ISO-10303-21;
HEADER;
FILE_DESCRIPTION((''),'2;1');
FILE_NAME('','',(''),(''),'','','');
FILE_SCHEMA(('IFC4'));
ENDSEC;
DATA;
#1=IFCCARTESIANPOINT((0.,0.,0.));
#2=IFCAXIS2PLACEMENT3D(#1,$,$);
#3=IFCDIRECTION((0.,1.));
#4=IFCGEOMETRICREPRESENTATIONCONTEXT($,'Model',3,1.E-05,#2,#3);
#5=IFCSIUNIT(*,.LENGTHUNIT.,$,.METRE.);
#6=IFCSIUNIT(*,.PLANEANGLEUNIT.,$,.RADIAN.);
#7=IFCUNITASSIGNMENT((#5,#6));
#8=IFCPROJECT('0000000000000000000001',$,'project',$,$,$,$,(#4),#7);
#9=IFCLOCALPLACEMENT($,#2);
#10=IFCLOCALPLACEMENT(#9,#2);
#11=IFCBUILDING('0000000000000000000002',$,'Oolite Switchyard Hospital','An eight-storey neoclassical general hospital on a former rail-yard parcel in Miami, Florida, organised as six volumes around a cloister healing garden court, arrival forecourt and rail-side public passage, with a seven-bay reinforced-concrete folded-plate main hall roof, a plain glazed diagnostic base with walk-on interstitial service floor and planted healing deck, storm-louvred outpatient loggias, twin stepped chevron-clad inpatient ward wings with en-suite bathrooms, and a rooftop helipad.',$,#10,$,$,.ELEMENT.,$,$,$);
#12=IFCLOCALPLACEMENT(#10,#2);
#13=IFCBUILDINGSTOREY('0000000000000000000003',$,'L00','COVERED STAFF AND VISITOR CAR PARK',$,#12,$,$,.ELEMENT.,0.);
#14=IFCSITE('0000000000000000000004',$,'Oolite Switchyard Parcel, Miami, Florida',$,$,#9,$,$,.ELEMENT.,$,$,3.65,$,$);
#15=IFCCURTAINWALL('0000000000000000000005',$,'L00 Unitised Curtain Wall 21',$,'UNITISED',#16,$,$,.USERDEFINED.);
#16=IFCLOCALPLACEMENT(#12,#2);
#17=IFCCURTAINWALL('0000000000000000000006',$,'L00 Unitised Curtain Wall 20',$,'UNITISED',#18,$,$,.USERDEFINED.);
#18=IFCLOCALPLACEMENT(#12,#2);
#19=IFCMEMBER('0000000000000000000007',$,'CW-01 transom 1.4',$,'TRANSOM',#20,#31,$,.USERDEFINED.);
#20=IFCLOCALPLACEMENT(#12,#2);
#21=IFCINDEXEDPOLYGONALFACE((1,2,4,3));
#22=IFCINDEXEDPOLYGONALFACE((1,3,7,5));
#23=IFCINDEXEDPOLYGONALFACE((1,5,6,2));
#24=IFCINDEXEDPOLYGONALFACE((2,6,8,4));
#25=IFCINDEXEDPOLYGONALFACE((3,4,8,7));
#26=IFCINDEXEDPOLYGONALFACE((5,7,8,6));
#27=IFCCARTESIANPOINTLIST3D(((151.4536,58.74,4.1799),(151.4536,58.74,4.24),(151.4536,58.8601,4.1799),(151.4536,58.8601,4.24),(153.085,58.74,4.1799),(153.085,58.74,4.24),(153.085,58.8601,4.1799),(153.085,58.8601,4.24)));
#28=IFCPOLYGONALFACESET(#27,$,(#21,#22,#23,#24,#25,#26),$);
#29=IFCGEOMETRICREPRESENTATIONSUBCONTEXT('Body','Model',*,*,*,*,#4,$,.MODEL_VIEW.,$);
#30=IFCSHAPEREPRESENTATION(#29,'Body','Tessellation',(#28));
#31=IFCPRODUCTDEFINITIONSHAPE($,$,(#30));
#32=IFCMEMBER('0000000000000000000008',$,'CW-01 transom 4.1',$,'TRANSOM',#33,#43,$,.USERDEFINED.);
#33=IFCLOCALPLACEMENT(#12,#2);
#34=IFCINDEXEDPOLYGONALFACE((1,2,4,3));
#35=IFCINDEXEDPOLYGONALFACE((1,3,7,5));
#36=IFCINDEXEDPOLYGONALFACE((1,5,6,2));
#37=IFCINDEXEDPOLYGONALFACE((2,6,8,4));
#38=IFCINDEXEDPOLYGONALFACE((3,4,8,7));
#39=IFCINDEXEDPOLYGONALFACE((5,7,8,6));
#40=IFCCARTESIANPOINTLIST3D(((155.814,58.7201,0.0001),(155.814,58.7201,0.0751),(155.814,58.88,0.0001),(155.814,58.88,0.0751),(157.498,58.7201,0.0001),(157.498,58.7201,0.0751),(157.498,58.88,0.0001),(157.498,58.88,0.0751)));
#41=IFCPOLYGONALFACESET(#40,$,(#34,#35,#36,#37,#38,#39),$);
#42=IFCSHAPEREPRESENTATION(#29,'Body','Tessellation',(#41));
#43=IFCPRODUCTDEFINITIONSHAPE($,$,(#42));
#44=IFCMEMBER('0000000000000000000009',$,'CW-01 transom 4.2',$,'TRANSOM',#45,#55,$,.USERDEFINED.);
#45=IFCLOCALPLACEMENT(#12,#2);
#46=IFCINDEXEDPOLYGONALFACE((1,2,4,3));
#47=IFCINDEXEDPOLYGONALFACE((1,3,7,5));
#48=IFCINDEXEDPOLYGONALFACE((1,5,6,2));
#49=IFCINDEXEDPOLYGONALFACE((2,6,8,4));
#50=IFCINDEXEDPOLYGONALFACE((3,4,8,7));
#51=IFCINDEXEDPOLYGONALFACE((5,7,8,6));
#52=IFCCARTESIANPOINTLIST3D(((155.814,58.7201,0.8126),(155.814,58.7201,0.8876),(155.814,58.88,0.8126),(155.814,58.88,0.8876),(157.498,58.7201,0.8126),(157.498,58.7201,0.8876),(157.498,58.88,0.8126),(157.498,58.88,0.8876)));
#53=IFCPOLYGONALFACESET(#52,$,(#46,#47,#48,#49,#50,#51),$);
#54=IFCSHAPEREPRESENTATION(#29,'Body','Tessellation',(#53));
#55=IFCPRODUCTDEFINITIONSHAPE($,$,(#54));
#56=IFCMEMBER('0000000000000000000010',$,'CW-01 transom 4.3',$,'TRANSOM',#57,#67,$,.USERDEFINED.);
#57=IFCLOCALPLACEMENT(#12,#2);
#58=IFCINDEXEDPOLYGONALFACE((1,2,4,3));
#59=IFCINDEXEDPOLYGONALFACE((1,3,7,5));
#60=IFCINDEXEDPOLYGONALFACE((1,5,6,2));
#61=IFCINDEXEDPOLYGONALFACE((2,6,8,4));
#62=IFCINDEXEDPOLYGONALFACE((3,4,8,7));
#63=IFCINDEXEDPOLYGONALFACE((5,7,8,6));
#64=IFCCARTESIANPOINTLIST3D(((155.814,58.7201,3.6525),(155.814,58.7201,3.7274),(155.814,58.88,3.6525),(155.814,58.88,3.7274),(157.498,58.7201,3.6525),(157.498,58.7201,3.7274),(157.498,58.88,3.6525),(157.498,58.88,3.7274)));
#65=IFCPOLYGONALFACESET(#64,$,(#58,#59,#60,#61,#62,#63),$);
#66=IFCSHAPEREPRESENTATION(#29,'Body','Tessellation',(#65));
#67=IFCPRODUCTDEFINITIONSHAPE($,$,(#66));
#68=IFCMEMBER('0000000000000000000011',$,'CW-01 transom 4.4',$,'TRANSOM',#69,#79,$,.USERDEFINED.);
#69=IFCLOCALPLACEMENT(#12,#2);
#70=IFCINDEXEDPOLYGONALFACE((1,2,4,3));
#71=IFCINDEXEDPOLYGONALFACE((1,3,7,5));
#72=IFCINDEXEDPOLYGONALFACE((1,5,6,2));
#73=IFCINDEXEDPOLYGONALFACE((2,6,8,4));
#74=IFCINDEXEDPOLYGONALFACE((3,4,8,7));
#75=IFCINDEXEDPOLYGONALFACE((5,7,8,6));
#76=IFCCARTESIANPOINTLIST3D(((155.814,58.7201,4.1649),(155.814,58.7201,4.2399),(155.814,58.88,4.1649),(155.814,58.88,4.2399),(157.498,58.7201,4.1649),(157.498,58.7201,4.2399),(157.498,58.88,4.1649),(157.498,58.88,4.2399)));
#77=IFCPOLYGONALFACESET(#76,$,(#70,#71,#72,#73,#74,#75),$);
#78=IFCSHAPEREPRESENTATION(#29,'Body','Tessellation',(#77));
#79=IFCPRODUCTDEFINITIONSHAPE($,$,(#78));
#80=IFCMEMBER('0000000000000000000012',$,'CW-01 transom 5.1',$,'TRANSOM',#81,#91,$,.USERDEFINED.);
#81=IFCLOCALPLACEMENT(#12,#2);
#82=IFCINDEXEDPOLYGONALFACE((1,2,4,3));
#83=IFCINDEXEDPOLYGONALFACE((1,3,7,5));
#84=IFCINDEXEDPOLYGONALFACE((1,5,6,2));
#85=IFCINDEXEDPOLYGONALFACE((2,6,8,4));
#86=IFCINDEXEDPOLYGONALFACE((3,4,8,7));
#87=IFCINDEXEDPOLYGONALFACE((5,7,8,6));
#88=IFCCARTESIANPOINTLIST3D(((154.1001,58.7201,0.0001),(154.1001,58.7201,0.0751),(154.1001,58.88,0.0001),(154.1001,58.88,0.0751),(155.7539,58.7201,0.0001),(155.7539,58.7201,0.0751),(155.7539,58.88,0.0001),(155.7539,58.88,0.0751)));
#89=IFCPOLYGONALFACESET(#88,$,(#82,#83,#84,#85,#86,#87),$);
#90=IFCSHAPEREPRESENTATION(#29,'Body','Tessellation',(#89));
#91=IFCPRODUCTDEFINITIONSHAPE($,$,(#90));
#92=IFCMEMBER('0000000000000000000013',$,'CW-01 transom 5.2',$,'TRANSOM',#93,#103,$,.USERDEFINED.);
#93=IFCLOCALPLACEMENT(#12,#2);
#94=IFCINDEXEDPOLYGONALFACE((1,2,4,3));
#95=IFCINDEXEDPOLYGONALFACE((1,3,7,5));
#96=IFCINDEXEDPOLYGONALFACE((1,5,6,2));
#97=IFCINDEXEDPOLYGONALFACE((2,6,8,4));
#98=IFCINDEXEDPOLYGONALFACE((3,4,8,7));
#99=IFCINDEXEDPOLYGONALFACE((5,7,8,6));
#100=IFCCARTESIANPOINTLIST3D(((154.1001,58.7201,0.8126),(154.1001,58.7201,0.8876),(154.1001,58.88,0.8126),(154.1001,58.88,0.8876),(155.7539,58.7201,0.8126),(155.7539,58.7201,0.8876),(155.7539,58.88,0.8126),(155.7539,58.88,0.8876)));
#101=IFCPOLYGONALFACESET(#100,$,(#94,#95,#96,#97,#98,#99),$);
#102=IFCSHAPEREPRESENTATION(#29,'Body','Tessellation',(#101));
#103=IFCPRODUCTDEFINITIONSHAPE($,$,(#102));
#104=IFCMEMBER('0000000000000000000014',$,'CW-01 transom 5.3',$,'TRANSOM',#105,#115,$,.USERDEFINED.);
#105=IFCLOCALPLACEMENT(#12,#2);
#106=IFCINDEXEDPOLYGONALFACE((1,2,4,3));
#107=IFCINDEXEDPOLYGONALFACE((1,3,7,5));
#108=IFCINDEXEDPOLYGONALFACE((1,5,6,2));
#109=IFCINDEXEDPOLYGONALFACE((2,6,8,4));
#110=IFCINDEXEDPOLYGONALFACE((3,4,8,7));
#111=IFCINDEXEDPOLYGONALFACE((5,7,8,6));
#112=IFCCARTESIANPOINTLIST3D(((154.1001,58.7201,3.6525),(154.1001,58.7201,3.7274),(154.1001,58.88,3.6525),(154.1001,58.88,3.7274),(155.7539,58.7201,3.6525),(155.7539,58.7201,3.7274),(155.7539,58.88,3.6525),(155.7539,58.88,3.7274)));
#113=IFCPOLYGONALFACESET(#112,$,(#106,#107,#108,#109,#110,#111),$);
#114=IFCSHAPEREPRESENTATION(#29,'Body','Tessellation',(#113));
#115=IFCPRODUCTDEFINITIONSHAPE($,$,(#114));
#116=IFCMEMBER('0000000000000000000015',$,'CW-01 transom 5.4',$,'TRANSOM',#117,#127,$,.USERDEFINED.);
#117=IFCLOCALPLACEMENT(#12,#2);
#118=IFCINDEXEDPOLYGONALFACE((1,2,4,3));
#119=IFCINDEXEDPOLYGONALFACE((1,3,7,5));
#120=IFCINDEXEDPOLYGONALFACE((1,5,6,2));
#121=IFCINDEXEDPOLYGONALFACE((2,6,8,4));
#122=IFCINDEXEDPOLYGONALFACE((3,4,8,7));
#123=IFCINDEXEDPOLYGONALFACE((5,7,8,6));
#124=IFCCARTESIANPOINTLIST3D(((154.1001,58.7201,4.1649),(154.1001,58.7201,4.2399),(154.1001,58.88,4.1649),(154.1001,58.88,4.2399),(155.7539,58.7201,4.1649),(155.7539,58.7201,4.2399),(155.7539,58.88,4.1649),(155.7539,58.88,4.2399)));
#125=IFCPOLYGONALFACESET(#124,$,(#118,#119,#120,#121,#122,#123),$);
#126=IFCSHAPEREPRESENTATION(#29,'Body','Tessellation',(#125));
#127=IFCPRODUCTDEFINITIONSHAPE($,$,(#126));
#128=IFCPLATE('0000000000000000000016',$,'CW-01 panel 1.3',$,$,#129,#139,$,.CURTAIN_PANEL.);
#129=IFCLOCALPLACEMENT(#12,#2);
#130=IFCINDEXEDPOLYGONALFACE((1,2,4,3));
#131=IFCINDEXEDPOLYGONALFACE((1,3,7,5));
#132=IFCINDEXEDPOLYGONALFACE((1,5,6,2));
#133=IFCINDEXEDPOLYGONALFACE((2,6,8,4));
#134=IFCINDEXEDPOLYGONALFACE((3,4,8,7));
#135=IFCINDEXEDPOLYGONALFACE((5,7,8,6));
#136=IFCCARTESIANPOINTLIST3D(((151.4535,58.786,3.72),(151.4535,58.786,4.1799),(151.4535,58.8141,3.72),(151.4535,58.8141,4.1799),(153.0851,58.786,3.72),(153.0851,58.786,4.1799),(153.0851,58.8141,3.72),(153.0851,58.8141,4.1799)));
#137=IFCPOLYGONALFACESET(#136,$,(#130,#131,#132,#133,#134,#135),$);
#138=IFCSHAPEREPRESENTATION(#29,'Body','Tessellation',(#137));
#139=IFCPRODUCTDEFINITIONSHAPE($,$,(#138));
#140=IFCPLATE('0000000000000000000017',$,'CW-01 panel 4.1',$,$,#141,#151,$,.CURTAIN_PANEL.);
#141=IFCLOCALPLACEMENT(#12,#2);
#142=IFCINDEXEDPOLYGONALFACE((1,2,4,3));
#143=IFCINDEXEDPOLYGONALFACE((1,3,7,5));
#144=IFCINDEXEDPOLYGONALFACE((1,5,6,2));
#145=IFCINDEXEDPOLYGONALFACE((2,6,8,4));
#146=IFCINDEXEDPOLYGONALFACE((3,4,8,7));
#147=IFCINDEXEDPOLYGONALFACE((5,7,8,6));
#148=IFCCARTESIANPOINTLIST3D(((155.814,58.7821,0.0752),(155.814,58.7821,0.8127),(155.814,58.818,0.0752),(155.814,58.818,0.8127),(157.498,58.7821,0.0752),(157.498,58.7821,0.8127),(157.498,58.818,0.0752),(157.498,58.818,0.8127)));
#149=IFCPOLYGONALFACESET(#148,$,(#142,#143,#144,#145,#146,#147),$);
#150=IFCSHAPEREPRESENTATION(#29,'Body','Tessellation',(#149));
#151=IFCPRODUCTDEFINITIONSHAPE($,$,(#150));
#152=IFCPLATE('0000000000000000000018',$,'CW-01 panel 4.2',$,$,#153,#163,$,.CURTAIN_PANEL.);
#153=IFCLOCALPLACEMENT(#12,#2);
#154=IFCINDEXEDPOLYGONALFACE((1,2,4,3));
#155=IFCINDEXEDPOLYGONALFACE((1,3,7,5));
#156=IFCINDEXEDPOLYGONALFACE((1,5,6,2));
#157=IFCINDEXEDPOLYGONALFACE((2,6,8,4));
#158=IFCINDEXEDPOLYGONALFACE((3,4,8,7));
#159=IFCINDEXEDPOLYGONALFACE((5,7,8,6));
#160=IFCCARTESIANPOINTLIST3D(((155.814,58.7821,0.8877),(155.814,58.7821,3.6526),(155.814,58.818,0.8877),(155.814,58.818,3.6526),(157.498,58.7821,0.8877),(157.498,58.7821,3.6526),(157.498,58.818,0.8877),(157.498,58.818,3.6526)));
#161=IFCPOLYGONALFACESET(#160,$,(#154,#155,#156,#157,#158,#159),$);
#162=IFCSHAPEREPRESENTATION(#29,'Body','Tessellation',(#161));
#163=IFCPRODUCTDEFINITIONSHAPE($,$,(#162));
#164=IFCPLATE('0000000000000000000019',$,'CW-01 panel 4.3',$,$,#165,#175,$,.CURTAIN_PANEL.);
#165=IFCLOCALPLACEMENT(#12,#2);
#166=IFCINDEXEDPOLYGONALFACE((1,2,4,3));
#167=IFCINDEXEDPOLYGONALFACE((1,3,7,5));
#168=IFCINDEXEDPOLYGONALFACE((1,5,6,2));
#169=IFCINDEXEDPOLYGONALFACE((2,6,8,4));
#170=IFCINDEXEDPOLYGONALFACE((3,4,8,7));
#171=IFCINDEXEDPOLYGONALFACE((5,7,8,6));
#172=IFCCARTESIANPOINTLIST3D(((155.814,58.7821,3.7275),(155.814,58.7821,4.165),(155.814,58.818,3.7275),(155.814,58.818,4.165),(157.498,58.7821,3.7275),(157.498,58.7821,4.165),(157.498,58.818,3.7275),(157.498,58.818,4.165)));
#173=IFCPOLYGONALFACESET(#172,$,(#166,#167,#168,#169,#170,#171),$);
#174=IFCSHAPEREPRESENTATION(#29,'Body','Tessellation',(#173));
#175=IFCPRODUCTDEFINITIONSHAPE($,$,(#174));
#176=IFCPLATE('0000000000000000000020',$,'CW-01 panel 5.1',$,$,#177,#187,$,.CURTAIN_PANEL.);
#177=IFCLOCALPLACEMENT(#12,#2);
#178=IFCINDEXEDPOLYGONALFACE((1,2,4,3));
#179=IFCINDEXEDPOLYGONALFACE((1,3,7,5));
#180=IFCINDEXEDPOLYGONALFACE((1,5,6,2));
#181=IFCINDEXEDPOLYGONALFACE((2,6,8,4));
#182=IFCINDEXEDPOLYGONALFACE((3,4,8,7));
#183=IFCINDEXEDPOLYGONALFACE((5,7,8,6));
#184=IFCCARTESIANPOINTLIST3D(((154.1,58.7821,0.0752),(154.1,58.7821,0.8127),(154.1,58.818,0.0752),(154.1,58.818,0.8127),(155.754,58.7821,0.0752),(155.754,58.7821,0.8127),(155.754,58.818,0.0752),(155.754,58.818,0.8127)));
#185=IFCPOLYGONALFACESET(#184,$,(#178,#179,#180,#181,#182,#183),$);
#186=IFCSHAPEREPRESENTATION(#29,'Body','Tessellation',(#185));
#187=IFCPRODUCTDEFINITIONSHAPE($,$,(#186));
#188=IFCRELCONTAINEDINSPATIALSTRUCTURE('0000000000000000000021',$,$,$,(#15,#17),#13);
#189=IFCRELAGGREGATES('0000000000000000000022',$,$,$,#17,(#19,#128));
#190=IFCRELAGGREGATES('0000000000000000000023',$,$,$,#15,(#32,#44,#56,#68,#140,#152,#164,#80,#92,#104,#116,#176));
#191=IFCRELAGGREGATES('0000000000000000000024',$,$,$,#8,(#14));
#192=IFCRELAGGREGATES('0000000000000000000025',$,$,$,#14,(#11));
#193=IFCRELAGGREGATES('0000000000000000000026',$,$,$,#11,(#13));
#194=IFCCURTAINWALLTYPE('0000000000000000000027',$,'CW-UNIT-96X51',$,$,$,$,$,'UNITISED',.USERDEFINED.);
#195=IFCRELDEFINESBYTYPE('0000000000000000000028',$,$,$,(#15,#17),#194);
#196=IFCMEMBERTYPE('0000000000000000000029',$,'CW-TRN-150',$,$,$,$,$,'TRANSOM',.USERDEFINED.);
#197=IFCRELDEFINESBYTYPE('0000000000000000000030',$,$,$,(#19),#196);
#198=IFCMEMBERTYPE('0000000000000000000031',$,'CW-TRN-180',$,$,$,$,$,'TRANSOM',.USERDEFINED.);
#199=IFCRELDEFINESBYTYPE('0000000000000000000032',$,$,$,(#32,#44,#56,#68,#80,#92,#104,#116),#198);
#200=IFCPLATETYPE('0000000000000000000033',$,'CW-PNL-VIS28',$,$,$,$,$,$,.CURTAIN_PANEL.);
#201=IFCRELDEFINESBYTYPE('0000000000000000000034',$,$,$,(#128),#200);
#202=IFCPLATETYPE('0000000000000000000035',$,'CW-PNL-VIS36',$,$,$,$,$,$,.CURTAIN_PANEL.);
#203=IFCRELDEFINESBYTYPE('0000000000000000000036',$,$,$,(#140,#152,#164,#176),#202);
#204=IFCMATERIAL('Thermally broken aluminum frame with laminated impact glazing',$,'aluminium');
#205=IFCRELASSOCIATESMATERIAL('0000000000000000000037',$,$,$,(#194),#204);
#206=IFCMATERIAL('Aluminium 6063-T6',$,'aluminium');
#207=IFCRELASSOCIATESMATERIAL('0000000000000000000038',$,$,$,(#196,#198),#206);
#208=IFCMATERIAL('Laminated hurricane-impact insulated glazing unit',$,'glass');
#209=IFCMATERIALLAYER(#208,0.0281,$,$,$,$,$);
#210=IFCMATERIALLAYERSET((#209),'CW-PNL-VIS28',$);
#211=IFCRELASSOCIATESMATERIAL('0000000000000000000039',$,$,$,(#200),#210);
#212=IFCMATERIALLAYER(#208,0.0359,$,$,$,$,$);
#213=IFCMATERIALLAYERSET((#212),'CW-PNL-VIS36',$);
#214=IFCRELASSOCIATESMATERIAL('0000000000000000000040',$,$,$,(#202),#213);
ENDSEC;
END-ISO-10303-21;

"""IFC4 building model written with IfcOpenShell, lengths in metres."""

from ifc_helpers import new_model, si_unit, direction, frame, origin, origin_2d, place, context, subcontext, project, spatial, rectangle, extrude, material, layer, layer_set, material_profile, profile_set, type_object, element, aggregate, save


model = new_model("IFC4")

# Units and contexts
model_context = context("Model", 3, precision=1e-05, world=origin(), true_north=direction((0.0, 1.0)))
body_context = subcontext(model_context, "Body", "Model", "MODEL_VIEW")
ifc_project = project(units=[si_unit("LENGTHUNIT", "METRE"), si_unit("PLANEANGLEUNIT", "RADIAN")], contexts=[model_context])

# Site, building, storey
site_placement = place(None, origin())
site = spatial("IfcSite", under=ifc_project, at=site_placement, Name="Oolite Switchyard Parcel, Miami, Florida", CompositionType="ELEMENT", RefElevation=3.65)
building_placement = place(site_placement, origin())
building = spatial("IfcBuilding", under=site, at=building_placement, Name="Oolite Switchyard Hospital", Description="An eight-storey neoclassical general hospital on a former rail-yard parcel in Miami, Florida, organised as six volumes around a cloister healing garden court, arrival forecourt and rail-side public passage, with a seven-bay reinforced-concrete folded-plate main hall roof, a plain glazed diagnostic base with walk-on interstitial service floor and planted healing deck, storm-louvred outpatient loggias, twin stepped chevron-clad inpatient ward wings with en-suite bathrooms, and a rooftop helipad.", CompositionType="ELEMENT")
storey_placement = place(building_placement, origin())
storey = spatial("IfcBuildingStorey", under=building, at=storey_placement, Name="L00", Description="COVERED STAFF AND VISITOR CAR PARK", CompositionType="ELEMENT", Elevation=0.0)

# Curtain walls, member
ifc_material_1 = material(Name="Thermally broken aluminum frame with laminated impact glazing", Category="aluminium")
curtain_wall_type = type_object("IfcCurtainWallType", Name="CW-UNIT-96X51", ElementType="UNITISED", PredefinedType="USERDEFINED", material=ifc_material_1)
curtain_wall_1_placement = place(storey_placement, origin())
curtain_wall_1 = element("IfcCurtainWall", 1, at=curtain_wall_1_placement, inside=storey, type_object=curtain_wall_type, Name="L00 Unitised Curtain Wall 21", ObjectType="UNITISED", PredefinedType="USERDEFINED")
ifc_material_2 = material(Name="Aluminium 6063-T6", Category="aluminium")
curtain_wall_2_placement = place(storey_placement, origin())
curtain_wall_2 = element("IfcCurtainWall", 2, at=curtain_wall_2_placement, inside=storey, type_object=curtain_wall_type, Name="L00 Unitised Curtain Wall 20", ObjectType="UNITISED", PredefinedType="USERDEFINED")
ifc_material_profile_1 = material_profile(ifc_material_2, rectangle(XDim=0.1201, YDim=0.0601, at=origin_2d()), Name="CWT60X120")
ifc_profile_set_1 = profile_set([ifc_material_profile_1], Name="Aluminium 6063-T6")
member_type_1 = type_object("IfcMemberType", Name="CW-TRN-150", ElementType="TRANSOM", PredefinedType="USERDEFINED", material=ifc_profile_set_1)
member_1_placement = place(storey_placement, frame((153.085, 58.8, 4.21), z_axis=(-1.0, 0.0, 0.0), x_axis=(0.0, -1.0, 0.0)))
member_1 = element("IfcMember", 3, at=member_1_placement, type_object=member_type_1, Name="CW-01 transom 1.4", ObjectType="TRANSOM", PredefinedType="USERDEFINED", context=body_context, shape_type="SweptSolid", body=[
    extrude(rectangle(XDim=0.1201, YDim=0.0601, at=origin_2d()), origin(), (0.0, 0.0, 1.0), 1.6313),
])

# Members
ifc_material_profile_2 = material_profile(ifc_material_2, rectangle(XDim=0.1599, YDim=0.075, at=origin_2d()), Name="CWT75X160")
ifc_profile_set_2 = profile_set([ifc_material_profile_2], Name="Aluminium 6063-T6")
member_type_2 = type_object("IfcMemberType", Name="CW-TRN-180", ElementType="TRANSOM", PredefinedType="USERDEFINED", material=ifc_profile_set_2)
member_2_placement = place(storey_placement, frame((157.498, 58.8, 0.0376), z_axis=(-1.0, 0.0, 0.0), x_axis=(0.0, -1.0, 0.0)))
member_2 = element("IfcMember", 4, at=member_2_placement, type_object=member_type_2, Name="CW-01 transom 4.1", ObjectType="TRANSOM", PredefinedType="USERDEFINED", context=body_context, shape_type="SweptSolid", body=[
    extrude(rectangle(XDim=0.1599, YDim=0.075, at=origin_2d()), origin(), (0.0, 0.0, 1.0), 1.6841),
])
member_3_placement = place(storey_placement, frame((157.498, 58.8, 0.8501), z_axis=(-1.0, 0.0, 0.0), x_axis=(0.0, -1.0, 0.0)))
member_3 = element("IfcMember", 5, at=member_3_placement, type_object=member_type_2, Name="CW-01 transom 4.2", ObjectType="TRANSOM", PredefinedType="USERDEFINED", context=body_context, shape_type="SweptSolid", body=[
    extrude(rectangle(XDim=0.1599, YDim=0.075, at=origin_2d()), origin(), (0.0, 0.0, 1.0), 1.6841),
])
member_4_placement = place(storey_placement, frame((157.498, 58.8, 3.6899), z_axis=(-1.0, 0.0, 0.0), x_axis=(0.0, -1.0, 0.0)))
member_4 = element("IfcMember", 6, at=member_4_placement, type_object=member_type_2, Name="CW-01 transom 4.3", ObjectType="TRANSOM", PredefinedType="USERDEFINED", context=body_context, shape_type="SweptSolid", body=[
    extrude(rectangle(XDim=0.1599, YDim=0.075, at=origin_2d()), origin(), (0.0, 0.0, 1.0), 1.6841),
])
member_5_placement = place(storey_placement, frame((157.498, 58.8, 4.2024), z_axis=(-1.0, 0.0, 0.0), x_axis=(0.0, -1.0, 0.0)))
member_5 = element("IfcMember", 7, at=member_5_placement, type_object=member_type_2, Name="CW-01 transom 4.4", ObjectType="TRANSOM", PredefinedType="USERDEFINED", context=body_context, shape_type="SweptSolid", body=[
    extrude(rectangle(XDim=0.1599, YDim=0.075, at=origin_2d()), origin(), (0.0, 0.0, 1.0), 1.6841),
])
member_6_placement = place(storey_placement, frame((155.7539, 58.8, 0.0376), z_axis=(-1.0, 0.0, 0.0), x_axis=(0.0, -1.0, 0.0)))
member_6 = element("IfcMember", 8, at=member_6_placement, type_object=member_type_2, Name="CW-01 transom 5.1", ObjectType="TRANSOM", PredefinedType="USERDEFINED", context=body_context, shape_type="SweptSolid", body=[
    extrude(rectangle(XDim=0.1599, YDim=0.075, at=origin_2d()), origin(), (0.0, 0.0, 1.0), 1.6538),
])
member_7_placement = place(storey_placement, frame((155.7539, 58.8, 0.8501), z_axis=(-1.0, 0.0, 0.0), x_axis=(0.0, -1.0, 0.0)))
member_7 = element("IfcMember", 9, at=member_7_placement, type_object=member_type_2, Name="CW-01 transom 5.2", ObjectType="TRANSOM", PredefinedType="USERDEFINED", context=body_context, shape_type="SweptSolid", body=[
    extrude(rectangle(XDim=0.1599, YDim=0.075, at=origin_2d()), origin(), (0.0, 0.0, 1.0), 1.6538),
])
member_8_placement = place(storey_placement, frame((155.7539, 58.8, 3.6899), z_axis=(-1.0, 0.0, 0.0), x_axis=(0.0, -1.0, 0.0)))
member_8 = element("IfcMember", 10, at=member_8_placement, type_object=member_type_2, Name="CW-01 transom 5.3", ObjectType="TRANSOM", PredefinedType="USERDEFINED", context=body_context, shape_type="SweptSolid", body=[
    extrude(rectangle(XDim=0.1599, YDim=0.075, at=origin_2d()), origin(), (0.0, 0.0, 1.0), 1.6538),
])
member_9_placement = place(storey_placement, frame((155.7539, 58.8, 4.2024), z_axis=(-1.0, 0.0, 0.0), x_axis=(0.0, -1.0, 0.0)))
member_9 = element("IfcMember", 11, at=member_9_placement, type_object=member_type_2, Name="CW-01 transom 5.4", ObjectType="TRANSOM", PredefinedType="USERDEFINED", context=body_context, shape_type="SweptSolid", body=[
    extrude(rectangle(XDim=0.1599, YDim=0.075, at=origin_2d()), origin(), (0.0, 0.0, 1.0), 1.6538),
])

# Plates
ifc_material_3 = material(Name="Laminated hurricane-impact insulated glazing unit", Category="glass")
ifc_layer_1 = layer(ifc_material_3, 0.0281)
ifc_layer_set_1 = layer_set([ifc_layer_1], Name="CW-PNL-VIS28")
plate_type_1 = type_object("IfcPlateType", Name="CW-PNL-VIS28", PredefinedType="CURTAIN_PANEL", material=ifc_layer_set_1)
plate_1_placement = place(storey_placement, frame((152.2693, 58.8, 3.72), z_axis=(0.0, 0.0, 1.0), x_axis=(-1.0, 0.0, 0.0)))
plate_1 = element("IfcPlate", 12, at=plate_1_placement, type_object=plate_type_1, Name="CW-01 panel 1.3", PredefinedType="CURTAIN_PANEL", context=body_context, shape_type="SweptSolid", body=[
    extrude(rectangle(XDim=1.6316, YDim=0.0281, at=origin_2d()), origin(), (0.0, 0.0, 1.0), 0.46),
])
aggregate(curtain_wall_2, [member_1, plate_1])
ifc_layer_2 = layer(ifc_material_3, 0.0359)
ifc_layer_set_2 = layer_set([ifc_layer_2], Name="CW-PNL-VIS36")
plate_type_2 = type_object("IfcPlateType", Name="CW-PNL-VIS36", PredefinedType="CURTAIN_PANEL", material=ifc_layer_set_2)
plate_2_placement = place(storey_placement, frame((156.656, 58.8, 0.0752), z_axis=(0.0, 0.0, 1.0), x_axis=(-1.0, 0.0, 0.0)))
plate_2 = element("IfcPlate", 13, at=plate_2_placement, type_object=plate_type_2, Name="CW-01 panel 4.1", PredefinedType="CURTAIN_PANEL", context=body_context, shape_type="SweptSolid", body=[
    extrude(rectangle(XDim=1.6841, YDim=0.0359, at=origin_2d()), origin(), (0.0, 0.0, 1.0), 0.7375),
])
plate_3_placement = place(storey_placement, frame((156.656, 58.8, 0.8877), z_axis=(0.0, 0.0, 1.0), x_axis=(-1.0, 0.0, 0.0)))
plate_3 = element("IfcPlate", 14, at=plate_3_placement, type_object=plate_type_2, Name="CW-01 panel 4.2", PredefinedType="CURTAIN_PANEL", context=body_context, shape_type="SweptSolid", body=[
    extrude(rectangle(XDim=1.6841, YDim=0.0359, at=origin_2d()), origin(), (0.0, 0.0, 1.0), 2.7649),
])
plate_4_placement = place(storey_placement, frame((156.656, 58.8, 3.7275), z_axis=(0.0, 0.0, 1.0), x_axis=(-1.0, 0.0, 0.0)))
plate_4 = element("IfcPlate", 15, at=plate_4_placement, type_object=plate_type_2, Name="CW-01 panel 4.3", PredefinedType="CURTAIN_PANEL", context=body_context, shape_type="SweptSolid", body=[
    extrude(rectangle(XDim=1.6841, YDim=0.0359, at=origin_2d()), origin(), (0.0, 0.0, 1.0), 0.4375),
])
plate_5_placement = place(storey_placement, frame((154.927, 58.8, 0.0752), z_axis=(0.0, 0.0, 1.0), x_axis=(-1.0, 0.0, 0.0)))
plate_5 = element("IfcPlate", 16, at=plate_5_placement, type_object=plate_type_2, Name="CW-01 panel 5.1", PredefinedType="CURTAIN_PANEL", context=body_context, shape_type="SweptSolid", body=[
    extrude(rectangle(XDim=1.6541, YDim=0.0359, at=origin_2d()), origin(), (0.0, 0.0, 1.0), 0.7375),
])
aggregate(curtain_wall_1, [member_2, member_3, member_4, member_5, plate_2, plate_3, plate_4, member_6, member_7, member_8, member_9, plate_5])

save(model, "model.ifc")
